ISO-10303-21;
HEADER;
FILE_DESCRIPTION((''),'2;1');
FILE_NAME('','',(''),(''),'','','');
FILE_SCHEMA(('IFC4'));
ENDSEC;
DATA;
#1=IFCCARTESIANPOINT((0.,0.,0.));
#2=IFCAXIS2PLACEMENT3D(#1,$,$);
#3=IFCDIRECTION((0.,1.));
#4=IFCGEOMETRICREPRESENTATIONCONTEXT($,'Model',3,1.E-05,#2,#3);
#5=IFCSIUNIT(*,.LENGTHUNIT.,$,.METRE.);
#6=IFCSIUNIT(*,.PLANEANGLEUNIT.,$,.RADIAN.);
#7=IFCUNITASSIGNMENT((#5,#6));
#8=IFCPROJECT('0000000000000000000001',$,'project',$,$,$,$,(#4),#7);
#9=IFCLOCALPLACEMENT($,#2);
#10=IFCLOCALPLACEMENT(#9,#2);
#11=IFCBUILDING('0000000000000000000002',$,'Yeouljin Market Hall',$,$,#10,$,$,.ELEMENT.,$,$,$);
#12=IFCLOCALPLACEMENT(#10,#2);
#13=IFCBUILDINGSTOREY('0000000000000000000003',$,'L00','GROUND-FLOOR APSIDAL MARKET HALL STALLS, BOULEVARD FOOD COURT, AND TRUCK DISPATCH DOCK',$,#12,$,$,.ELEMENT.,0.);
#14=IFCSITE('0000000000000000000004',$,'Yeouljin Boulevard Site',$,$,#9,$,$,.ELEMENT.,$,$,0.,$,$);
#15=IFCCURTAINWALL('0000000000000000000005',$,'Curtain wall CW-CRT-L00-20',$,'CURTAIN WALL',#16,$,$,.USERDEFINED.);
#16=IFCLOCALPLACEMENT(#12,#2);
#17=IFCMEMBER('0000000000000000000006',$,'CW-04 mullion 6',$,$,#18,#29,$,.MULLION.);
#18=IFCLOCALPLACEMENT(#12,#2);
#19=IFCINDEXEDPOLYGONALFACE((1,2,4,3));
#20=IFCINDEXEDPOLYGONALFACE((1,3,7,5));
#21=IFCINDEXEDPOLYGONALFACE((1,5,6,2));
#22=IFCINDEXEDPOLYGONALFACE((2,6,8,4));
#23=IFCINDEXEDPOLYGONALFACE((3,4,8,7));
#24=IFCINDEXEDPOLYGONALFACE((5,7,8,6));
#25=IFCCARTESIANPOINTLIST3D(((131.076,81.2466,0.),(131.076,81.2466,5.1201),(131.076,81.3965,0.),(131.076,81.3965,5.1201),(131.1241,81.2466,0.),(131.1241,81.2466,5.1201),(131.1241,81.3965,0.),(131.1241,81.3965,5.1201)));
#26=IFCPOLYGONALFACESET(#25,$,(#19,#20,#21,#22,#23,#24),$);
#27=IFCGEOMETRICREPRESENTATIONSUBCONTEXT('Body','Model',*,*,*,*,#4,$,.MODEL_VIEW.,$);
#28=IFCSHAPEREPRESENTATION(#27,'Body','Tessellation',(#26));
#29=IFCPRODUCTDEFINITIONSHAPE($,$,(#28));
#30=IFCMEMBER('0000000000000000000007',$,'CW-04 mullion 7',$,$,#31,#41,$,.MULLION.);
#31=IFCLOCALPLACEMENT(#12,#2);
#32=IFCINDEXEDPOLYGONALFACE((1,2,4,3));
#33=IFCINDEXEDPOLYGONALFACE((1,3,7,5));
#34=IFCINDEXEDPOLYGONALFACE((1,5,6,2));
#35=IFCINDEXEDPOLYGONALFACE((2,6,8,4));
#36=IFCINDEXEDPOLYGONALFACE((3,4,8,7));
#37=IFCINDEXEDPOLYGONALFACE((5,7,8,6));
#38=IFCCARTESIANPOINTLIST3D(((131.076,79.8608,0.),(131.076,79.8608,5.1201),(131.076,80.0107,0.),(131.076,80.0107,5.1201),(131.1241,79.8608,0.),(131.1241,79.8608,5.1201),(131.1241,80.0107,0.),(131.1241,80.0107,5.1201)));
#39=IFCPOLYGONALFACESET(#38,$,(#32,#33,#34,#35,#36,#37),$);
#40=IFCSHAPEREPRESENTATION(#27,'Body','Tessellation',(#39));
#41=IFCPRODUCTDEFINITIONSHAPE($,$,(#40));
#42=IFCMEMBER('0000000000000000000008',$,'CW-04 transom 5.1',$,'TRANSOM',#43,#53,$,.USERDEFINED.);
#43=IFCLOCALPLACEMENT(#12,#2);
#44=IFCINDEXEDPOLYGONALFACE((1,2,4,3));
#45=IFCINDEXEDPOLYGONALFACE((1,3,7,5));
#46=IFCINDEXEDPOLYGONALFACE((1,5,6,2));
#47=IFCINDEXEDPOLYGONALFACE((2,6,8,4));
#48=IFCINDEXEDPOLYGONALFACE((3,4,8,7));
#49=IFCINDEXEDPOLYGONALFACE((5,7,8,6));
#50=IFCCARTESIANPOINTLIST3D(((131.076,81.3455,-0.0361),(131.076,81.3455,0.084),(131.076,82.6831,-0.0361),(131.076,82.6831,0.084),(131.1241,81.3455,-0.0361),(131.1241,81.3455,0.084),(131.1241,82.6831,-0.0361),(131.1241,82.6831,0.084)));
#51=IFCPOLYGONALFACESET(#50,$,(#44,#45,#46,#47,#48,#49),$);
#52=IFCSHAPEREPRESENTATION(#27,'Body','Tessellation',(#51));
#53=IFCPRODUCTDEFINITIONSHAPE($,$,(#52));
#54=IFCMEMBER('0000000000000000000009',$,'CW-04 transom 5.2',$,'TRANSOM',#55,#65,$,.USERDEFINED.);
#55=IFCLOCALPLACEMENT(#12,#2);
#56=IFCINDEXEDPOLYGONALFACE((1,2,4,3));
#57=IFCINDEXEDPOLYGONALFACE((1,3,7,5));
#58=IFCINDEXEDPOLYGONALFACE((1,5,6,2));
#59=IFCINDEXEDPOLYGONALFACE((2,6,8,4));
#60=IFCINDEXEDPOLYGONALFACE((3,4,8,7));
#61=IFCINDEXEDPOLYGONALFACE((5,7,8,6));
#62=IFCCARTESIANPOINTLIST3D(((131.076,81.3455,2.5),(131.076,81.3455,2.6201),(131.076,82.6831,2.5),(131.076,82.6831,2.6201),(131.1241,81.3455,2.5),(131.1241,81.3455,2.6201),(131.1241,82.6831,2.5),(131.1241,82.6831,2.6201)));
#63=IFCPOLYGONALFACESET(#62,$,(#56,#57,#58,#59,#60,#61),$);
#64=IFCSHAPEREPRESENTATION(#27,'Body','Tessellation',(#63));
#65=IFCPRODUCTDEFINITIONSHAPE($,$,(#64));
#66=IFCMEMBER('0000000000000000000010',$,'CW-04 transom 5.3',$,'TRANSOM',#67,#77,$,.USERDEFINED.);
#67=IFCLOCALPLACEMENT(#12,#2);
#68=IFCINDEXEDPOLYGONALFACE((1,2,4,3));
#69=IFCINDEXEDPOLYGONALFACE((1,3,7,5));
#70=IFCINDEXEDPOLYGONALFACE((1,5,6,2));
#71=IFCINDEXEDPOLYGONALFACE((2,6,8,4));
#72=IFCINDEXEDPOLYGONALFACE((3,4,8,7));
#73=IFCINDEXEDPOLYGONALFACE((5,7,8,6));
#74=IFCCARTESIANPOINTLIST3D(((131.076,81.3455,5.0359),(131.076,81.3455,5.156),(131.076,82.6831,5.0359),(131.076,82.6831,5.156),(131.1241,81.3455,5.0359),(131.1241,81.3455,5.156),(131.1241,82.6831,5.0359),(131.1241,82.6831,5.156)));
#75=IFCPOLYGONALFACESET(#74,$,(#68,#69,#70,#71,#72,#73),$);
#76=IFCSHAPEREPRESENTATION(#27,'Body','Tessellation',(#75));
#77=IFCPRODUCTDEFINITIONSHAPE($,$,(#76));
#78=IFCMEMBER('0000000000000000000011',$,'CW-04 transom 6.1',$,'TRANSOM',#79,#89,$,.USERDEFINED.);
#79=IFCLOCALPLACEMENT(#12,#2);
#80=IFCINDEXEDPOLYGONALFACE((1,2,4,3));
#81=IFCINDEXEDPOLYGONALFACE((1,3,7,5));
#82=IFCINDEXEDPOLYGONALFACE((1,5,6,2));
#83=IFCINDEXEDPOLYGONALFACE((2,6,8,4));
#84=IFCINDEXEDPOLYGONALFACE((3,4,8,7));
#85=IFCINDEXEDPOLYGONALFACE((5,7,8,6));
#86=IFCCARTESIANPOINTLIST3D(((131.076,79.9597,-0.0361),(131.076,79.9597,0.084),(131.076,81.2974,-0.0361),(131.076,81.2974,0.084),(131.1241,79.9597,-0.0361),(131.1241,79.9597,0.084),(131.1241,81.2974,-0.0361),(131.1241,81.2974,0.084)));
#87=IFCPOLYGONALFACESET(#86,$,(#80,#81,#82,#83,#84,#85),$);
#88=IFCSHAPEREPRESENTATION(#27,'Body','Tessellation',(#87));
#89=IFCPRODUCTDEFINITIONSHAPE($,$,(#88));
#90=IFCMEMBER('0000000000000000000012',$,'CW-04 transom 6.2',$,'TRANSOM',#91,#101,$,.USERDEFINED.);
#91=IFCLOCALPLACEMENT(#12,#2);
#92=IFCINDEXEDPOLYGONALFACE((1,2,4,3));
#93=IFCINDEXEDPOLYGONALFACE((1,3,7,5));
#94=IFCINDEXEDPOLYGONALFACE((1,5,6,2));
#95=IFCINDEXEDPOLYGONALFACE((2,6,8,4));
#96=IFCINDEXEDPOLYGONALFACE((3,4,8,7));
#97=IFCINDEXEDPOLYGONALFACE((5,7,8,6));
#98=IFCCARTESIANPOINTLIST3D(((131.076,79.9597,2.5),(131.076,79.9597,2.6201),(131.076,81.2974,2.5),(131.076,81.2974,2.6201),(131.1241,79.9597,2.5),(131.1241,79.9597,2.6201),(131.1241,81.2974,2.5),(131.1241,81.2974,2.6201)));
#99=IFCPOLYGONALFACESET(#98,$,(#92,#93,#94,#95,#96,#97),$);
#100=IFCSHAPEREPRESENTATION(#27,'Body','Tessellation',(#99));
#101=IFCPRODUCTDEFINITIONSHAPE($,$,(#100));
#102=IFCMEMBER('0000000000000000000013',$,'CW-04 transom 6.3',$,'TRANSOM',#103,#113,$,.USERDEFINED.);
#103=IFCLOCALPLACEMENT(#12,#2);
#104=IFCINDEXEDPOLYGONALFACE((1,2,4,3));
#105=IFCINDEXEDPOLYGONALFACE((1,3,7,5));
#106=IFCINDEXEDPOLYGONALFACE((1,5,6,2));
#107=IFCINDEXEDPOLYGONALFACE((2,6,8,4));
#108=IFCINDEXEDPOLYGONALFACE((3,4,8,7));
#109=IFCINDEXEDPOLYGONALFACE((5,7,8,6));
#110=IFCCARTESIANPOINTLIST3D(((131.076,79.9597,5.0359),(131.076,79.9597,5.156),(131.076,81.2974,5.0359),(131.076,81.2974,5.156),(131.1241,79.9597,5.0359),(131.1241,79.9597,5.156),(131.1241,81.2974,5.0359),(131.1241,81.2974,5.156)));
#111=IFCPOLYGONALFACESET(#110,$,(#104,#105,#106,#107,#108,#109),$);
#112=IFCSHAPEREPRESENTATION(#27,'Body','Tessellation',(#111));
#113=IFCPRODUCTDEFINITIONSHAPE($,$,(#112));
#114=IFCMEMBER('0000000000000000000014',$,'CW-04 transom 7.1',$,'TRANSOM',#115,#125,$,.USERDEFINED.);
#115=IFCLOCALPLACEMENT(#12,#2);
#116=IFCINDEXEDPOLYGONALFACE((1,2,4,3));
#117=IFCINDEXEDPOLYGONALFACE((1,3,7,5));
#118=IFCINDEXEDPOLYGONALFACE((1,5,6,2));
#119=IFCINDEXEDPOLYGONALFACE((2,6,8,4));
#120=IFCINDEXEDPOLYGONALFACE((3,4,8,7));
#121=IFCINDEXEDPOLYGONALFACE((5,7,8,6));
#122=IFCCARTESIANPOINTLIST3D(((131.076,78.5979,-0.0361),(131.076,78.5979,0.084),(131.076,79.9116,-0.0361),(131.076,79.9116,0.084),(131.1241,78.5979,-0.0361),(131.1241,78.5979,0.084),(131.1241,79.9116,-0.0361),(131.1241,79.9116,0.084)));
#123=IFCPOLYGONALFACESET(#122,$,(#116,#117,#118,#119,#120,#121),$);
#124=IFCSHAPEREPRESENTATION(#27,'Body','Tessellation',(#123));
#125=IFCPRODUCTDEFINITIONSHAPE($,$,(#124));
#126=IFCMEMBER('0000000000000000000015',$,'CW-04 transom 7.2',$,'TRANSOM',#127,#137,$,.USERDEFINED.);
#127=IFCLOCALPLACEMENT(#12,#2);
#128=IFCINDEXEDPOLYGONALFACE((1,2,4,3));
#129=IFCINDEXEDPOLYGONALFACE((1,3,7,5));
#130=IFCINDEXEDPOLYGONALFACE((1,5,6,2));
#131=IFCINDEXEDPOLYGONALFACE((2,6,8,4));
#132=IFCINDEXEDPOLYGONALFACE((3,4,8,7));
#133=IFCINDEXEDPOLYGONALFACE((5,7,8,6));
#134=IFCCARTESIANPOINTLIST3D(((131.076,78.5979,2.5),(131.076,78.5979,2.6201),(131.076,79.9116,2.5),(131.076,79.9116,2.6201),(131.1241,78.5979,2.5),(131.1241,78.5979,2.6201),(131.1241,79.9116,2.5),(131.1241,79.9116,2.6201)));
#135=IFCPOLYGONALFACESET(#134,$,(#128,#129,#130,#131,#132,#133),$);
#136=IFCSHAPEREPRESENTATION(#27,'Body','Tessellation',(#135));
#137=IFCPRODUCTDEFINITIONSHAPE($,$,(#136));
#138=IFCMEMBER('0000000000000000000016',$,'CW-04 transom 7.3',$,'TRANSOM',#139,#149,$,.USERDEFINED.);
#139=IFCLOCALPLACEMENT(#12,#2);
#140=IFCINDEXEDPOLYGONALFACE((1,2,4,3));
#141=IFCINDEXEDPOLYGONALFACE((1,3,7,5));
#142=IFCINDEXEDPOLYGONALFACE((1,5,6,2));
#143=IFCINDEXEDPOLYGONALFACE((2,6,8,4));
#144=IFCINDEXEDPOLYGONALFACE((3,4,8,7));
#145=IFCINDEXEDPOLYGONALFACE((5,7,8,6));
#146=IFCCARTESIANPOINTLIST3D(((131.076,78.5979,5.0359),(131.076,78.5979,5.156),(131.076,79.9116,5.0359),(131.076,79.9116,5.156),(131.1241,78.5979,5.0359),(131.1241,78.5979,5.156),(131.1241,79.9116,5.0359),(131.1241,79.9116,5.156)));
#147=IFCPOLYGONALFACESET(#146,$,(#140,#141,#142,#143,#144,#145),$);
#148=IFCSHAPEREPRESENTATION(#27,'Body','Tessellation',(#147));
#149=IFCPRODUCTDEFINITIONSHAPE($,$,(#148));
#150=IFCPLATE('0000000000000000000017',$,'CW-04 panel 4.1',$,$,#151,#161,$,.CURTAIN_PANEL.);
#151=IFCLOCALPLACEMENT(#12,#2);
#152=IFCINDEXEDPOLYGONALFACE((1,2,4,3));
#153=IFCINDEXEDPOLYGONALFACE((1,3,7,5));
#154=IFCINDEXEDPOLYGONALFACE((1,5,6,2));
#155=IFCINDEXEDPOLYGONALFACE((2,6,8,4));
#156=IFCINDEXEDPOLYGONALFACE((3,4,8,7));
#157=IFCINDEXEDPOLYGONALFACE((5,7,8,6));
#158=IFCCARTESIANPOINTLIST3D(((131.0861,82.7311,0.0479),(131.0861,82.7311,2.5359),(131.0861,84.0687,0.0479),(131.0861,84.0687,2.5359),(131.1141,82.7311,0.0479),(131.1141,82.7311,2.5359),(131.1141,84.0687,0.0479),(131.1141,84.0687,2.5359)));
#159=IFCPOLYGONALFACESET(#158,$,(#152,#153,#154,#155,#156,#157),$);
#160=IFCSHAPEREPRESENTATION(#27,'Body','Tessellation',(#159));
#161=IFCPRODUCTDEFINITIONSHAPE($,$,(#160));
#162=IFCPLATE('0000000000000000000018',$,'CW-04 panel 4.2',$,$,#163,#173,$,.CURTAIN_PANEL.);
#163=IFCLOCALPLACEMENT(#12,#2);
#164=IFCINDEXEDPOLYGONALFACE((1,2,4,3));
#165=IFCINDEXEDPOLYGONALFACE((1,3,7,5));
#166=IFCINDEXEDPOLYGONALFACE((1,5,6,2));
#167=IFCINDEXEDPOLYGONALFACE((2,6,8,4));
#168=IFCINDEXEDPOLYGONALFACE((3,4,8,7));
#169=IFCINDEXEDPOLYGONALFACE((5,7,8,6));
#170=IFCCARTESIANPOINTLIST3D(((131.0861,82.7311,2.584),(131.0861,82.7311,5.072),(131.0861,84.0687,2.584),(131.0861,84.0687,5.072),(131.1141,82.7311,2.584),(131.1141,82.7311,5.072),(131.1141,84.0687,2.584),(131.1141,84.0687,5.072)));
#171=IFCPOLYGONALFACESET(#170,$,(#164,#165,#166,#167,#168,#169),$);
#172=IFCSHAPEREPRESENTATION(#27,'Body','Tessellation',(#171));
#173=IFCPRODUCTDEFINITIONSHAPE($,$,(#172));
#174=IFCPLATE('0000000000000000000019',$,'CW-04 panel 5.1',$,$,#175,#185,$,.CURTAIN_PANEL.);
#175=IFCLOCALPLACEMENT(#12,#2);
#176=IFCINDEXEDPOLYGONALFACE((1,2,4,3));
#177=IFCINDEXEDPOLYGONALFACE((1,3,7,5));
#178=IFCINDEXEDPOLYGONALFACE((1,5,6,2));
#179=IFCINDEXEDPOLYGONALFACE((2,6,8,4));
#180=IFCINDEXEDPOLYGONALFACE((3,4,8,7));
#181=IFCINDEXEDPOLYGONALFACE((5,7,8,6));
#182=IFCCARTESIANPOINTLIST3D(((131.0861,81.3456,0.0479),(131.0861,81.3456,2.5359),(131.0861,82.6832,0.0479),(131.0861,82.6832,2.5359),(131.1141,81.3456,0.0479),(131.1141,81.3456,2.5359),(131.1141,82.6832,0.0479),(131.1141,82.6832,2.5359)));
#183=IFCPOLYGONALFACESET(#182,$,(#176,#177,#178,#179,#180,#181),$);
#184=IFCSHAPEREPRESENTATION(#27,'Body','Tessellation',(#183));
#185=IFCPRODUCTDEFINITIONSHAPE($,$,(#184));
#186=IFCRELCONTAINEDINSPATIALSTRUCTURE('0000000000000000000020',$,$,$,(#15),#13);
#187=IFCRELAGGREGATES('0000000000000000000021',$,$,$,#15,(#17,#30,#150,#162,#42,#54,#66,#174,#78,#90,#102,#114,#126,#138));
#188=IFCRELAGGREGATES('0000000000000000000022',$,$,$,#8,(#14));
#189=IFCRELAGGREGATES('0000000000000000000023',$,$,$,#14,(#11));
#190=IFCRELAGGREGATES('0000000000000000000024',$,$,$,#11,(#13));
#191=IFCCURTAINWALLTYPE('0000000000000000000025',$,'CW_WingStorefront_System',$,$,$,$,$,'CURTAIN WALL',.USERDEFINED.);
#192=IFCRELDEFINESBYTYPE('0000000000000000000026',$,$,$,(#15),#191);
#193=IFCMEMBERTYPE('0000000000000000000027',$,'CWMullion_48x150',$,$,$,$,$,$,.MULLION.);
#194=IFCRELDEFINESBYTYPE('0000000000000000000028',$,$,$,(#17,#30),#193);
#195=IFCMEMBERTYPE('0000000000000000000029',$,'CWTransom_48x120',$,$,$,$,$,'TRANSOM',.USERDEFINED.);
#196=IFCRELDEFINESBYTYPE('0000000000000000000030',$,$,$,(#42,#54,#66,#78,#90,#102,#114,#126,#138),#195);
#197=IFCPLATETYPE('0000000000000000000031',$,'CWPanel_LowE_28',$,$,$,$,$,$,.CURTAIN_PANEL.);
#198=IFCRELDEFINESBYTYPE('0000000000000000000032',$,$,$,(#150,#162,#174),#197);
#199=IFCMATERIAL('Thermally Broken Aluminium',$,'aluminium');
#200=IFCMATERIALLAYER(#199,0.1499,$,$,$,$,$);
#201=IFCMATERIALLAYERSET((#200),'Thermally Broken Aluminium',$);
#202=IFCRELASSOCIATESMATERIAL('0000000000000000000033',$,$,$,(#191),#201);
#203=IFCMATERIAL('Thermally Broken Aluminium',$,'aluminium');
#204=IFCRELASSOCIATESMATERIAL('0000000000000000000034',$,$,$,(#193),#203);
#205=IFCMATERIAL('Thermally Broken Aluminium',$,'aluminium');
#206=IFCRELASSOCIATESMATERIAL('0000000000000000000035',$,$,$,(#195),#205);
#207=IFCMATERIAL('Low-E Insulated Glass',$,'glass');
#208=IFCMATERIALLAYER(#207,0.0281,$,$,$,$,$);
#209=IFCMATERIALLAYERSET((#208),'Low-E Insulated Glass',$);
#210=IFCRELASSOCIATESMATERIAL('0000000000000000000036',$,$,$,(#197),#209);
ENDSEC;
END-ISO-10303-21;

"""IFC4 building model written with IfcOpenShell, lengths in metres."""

from ifc_helpers import new_model, si_unit, direction, frame, origin, origin_2d, place, context, subcontext, project, spatial, rectangle, extrude, material, layer, layer_set, material_profile, profile_set, type_object, element, aggregate, save


model = new_model("IFC4")

# Units and contexts
model_context = context("Model", 3, precision=1e-05, world=origin(), true_north=direction((0.0, 1.0)))
body_context = subcontext(model_context, "Body", "Model", "MODEL_VIEW")
ifc_project = project(units=[si_unit("LENGTHUNIT", "METRE"), si_unit("PLANEANGLEUNIT", "RADIAN")], contexts=[model_context])

# Site, building, storey
site_placement = place(None, origin())
site = spatial("IfcSite", under=ifc_project, at=site_placement, Name="Yeouljin Boulevard Site", CompositionType="ELEMENT", RefElevation=0.0)
building_placement = place(site_placement, origin())
building = spatial("IfcBuilding", under=site, at=building_placement, Name="Yeouljin Market Hall", CompositionType="ELEMENT")
storey_placement = place(building_placement, origin())
storey = spatial("IfcBuildingStorey", under=building, at=storey_placement, Name="L00", Description="GROUND-FLOOR APSIDAL MARKET HALL STALLS, BOULEVARD FOOD COURT, AND TRUCK DISPATCH DOCK", CompositionType="ELEMENT", Elevation=0.0)

# Curtain wall, members, plates
ifc_material_1 = material(Name="Thermally Broken Aluminium", Category="aluminium")
ifc_layer_1 = layer(ifc_material_1, 0.1499)
ifc_layer_set_1 = layer_set([ifc_layer_1], Name="Thermally Broken Aluminium")
curtain_wall_type = type_object("IfcCurtainWallType", Name="CW_WingStorefront_System", ElementType="CURTAIN WALL", PredefinedType="USERDEFINED", material=ifc_layer_set_1)
curtain_wall_placement = place(storey_placement, origin())
curtain_wall = element("IfcCurtainWall", 1, at=curtain_wall_placement, inside=storey, type_object=curtain_wall_type, Name="Curtain wall CW-CRT-L00-20", ObjectType="CURTAIN WALL", PredefinedType="USERDEFINED")
ifc_material_2 = material(Name="Thermally Broken Aluminium", Category="aluminium")
ifc_material_profile_1 = material_profile(ifc_material_2, rectangle(XDim=0.0481, YDim=0.1499, at=origin_2d()), Name="CW-MULL-48x150")
ifc_profile_set_1 = profile_set([ifc_material_profile_1], Name="Thermally Broken Aluminium")
member_type_1 = type_object("IfcMemberType", Name="CWMullion_48x150", PredefinedType="MULLION", material=ifc_profile_set_1)
member_1_placement = place(storey_placement, frame((131.1001, 81.3215, 0.0), z_axis=(0.0, 0.0, 1.0), x_axis=(1.0, 0.0, 0.0)))
member_1 = element("IfcMember", 2, at=member_1_placement, type_object=member_type_1, Name="CW-04 mullion 6", PredefinedType="MULLION", context=body_context, shape_type="SweptSolid", body=[
    extrude(rectangle(XDim=0.0481, YDim=0.1499, at=origin_2d()), origin(), (0.0, 0.0, 1.0), 5.1201),
])
member_2_placement = place(storey_placement, frame((131.1001, 79.9358, 0.0), z_axis=(0.0, 0.0, 1.0), x_axis=(1.0, 0.0, 0.0)))
member_2 = element("IfcMember", 3, at=member_2_placement, type_object=member_type_1, Name="CW-04 mullion 7", PredefinedType="MULLION", context=body_context, shape_type="SweptSolid", body=[
    extrude(rectangle(XDim=0.0481, YDim=0.1499, at=origin_2d()), origin(), (0.0, 0.0, 1.0), 5.1201),
])
ifc_material_3 = material(Name="Thermally Broken Aluminium", Category="aluminium")
ifc_material_profile_2 = material_profile(ifc_material_3, rectangle(XDim=0.0481, YDim=0.1201, at=origin_2d()), Name="CW-TRAN-48x120")
ifc_profile_set_2 = profile_set([ifc_material_profile_2], Name="Thermally Broken Aluminium")
member_type_2 = type_object("IfcMemberType", Name="CWTransom_48x120", ElementType="TRANSOM", PredefinedType="USERDEFINED", material=ifc_profile_set_2)
member_3_placement = place(storey_placement, frame((131.1001, 82.6831, 0.0239), z_axis=(0.0, -1.0, 0.0), x_axis=(1.0, 0.0, 0.0)))
member_3 = element("IfcMember", 4, at=member_3_placement, type_object=member_type_2, Name="CW-04 transom 5.1", ObjectType="TRANSOM", PredefinedType="USERDEFINED", context=body_context, shape_type="SweptSolid", body=[
    extrude(rectangle(XDim=0.0481, YDim=0.1201, at=origin_2d()), origin(), (0.0, 0.0, 1.0), 1.3376),
])
member_4_placement = place(storey_placement, frame((131.1001, 82.6831, 2.5601), z_axis=(0.0, -1.0, 0.0), x_axis=(1.0, 0.0, 0.0)))
member_4 = element("IfcMember", 5, at=member_4_placement, type_object=member_type_2, Name="CW-04 transom 5.2", ObjectType="TRANSOM", PredefinedType="USERDEFINED", context=body_context, shape_type="SweptSolid", body=[
    extrude(rectangle(XDim=0.0481, YDim=0.1201, at=origin_2d()), origin(), (0.0, 0.0, 1.0), 1.3376),
])
member_5_placement = place(storey_placement, frame((131.1001, 82.6831, 5.0959), z_axis=(0.0, -1.0, 0.0), x_axis=(1.0, 0.0, 0.0)))
member_5 = element("IfcMember", 6, at=member_5_placement, type_object=member_type_2, Name="CW-04 transom 5.3", ObjectType="TRANSOM", PredefinedType="USERDEFINED", context=body_context, shape_type="SweptSolid", body=[
    extrude(rectangle(XDim=0.0481, YDim=0.1201, at=origin_2d()), origin(), (0.0, 0.0, 1.0), 1.3376),
])
member_6_placement = place(storey_placement, frame((131.1001, 81.2974, 0.0239), z_axis=(0.0, -1.0, 0.0), x_axis=(1.0, 0.0, 0.0)))
member_6 = element("IfcMember", 7, at=member_6_placement, type_object=member_type_2, Name="CW-04 transom 6.1", ObjectType="TRANSOM", PredefinedType="USERDEFINED", context=body_context, shape_type="SweptSolid", body=[
    extrude(rectangle(XDim=0.0481, YDim=0.1201, at=origin_2d()), origin(), (0.0, 0.0, 1.0), 1.3376),
])
member_7_placement = place(storey_placement, frame((131.1001, 81.2974, 2.5601), z_axis=(0.0, -1.0, 0.0), x_axis=(1.0, 0.0, 0.0)))
member_7 = element("IfcMember", 8, at=member_7_placement, type_object=member_type_2, Name="CW-04 transom 6.2", ObjectType="TRANSOM", PredefinedType="USERDEFINED", context=body_context, shape_type="SweptSolid", body=[
    extrude(rectangle(XDim=0.0481, YDim=0.1201, at=origin_2d()), origin(), (0.0, 0.0, 1.0), 1.3376),
])
member_8_placement = place(storey_placement, frame((131.1001, 81.2974, 5.0959), z_axis=(0.0, -1.0, 0.0), x_axis=(1.0, 0.0, 0.0)))
member_8 = element("IfcMember", 9, at=member_8_placement, type_object=member_type_2, Name="CW-04 transom 6.3", ObjectType="TRANSOM", PredefinedType="USERDEFINED", context=body_context, shape_type="SweptSolid", body=[
    extrude(rectangle(XDim=0.0481, YDim=0.1201, at=origin_2d()), origin(), (0.0, 0.0, 1.0), 1.3376),
])
member_9_placement = place(storey_placement, frame((131.1001, 79.9116, 0.0239), z_axis=(0.0, -1.0, 0.0), x_axis=(1.0, 0.0, 0.0)))
member_9 = element("IfcMember", 10, at=member_9_placement, type_object=member_type_2, Name="CW-04 transom 7.1", ObjectType="TRANSOM", PredefinedType="USERDEFINED", context=body_context, shape_type="SweptSolid", body=[
    extrude(rectangle(XDim=0.0481, YDim=0.1201, at=origin_2d()), origin(), (0.0, 0.0, 1.0), 1.3137),
])
member_10_placement = place(storey_placement, frame((131.1001, 79.9116, 2.5601), z_axis=(0.0, -1.0, 0.0), x_axis=(1.0, 0.0, 0.0)))
member_10 = element("IfcMember", 11, at=member_10_placement, type_object=member_type_2, Name="CW-04 transom 7.2", ObjectType="TRANSOM", PredefinedType="USERDEFINED", context=body_context, shape_type="SweptSolid", body=[
    extrude(rectangle(XDim=0.0481, YDim=0.1201, at=origin_2d()), origin(), (0.0, 0.0, 1.0), 1.3137),
])
member_11_placement = place(storey_placement, frame((131.1001, 79.9116, 5.0959), z_axis=(0.0, -1.0, 0.0), x_axis=(1.0, 0.0, 0.0)))
member_11 = element("IfcMember", 12, at=member_11_placement, type_object=member_type_2, Name="CW-04 transom 7.3", ObjectType="TRANSOM", PredefinedType="USERDEFINED", context=body_context, shape_type="SweptSolid", body=[
    extrude(rectangle(XDim=0.0481, YDim=0.1201, at=origin_2d()), origin(), (0.0, 0.0, 1.0), 1.3137),
])
ifc_material_4 = material(Name="Low-E Insulated Glass", Category="glass")
ifc_layer_2 = layer(ifc_material_4, 0.0281)
ifc_layer_set_2 = layer_set([ifc_layer_2], Name="Low-E Insulated Glass")
plate_type = type_object("IfcPlateType", Name="CWPanel_LowE_28", PredefinedType="CURTAIN_PANEL", material=ifc_layer_set_2)
plate_1_placement = place(storey_placement, frame((131.1001, 83.3999, 0.0479), z_axis=(0.0, 0.0, 1.0), x_axis=(0.0, -1.0, 0.0)))
plate_1 = element("IfcPlate", 13, at=plate_1_placement, type_object=plate_type, Name="CW-04 panel 4.1", PredefinedType="CURTAIN_PANEL", context=body_context, shape_type="SweptSolid", body=[
    extrude(rectangle(XDim=1.3376, YDim=0.0281, at=origin_2d()), origin(), (0.0, 0.0, 1.0), 2.488),
])
plate_2_placement = place(storey_placement, frame((131.1001, 83.3999, 2.584), z_axis=(0.0, 0.0, 1.0), x_axis=(0.0, -1.0, 0.0)))
plate_2 = element("IfcPlate", 14, at=plate_2_placement, type_object=plate_type, Name="CW-04 panel 4.2", PredefinedType="CURTAIN_PANEL", context=body_context, shape_type="SweptSolid", body=[
    extrude(rectangle(XDim=1.3376, YDim=0.0281, at=origin_2d()), origin(), (0.0, 0.0, 1.0), 2.488),
])
plate_3_placement = place(storey_placement, frame((131.1001, 82.0144, 0.0479), z_axis=(0.0, 0.0, 1.0), x_axis=(0.0, -1.0, 0.0)))
plate_3 = element("IfcPlate", 15, at=plate_3_placement, type_object=plate_type, Name="CW-04 panel 5.1", PredefinedType="CURTAIN_PANEL", context=body_context, shape_type="SweptSolid", body=[
    extrude(rectangle(XDim=1.3376, YDim=0.0281, at=origin_2d()), origin(), (0.0, 0.0, 1.0), 2.488),
])
aggregate(curtain_wall, [member_1, member_2, plate_1, plate_2, member_3, member_4, member_5, plate_3, member_6, member_7, member_8, member_9, member_10, member_11])

save(model, "model.ifc")
